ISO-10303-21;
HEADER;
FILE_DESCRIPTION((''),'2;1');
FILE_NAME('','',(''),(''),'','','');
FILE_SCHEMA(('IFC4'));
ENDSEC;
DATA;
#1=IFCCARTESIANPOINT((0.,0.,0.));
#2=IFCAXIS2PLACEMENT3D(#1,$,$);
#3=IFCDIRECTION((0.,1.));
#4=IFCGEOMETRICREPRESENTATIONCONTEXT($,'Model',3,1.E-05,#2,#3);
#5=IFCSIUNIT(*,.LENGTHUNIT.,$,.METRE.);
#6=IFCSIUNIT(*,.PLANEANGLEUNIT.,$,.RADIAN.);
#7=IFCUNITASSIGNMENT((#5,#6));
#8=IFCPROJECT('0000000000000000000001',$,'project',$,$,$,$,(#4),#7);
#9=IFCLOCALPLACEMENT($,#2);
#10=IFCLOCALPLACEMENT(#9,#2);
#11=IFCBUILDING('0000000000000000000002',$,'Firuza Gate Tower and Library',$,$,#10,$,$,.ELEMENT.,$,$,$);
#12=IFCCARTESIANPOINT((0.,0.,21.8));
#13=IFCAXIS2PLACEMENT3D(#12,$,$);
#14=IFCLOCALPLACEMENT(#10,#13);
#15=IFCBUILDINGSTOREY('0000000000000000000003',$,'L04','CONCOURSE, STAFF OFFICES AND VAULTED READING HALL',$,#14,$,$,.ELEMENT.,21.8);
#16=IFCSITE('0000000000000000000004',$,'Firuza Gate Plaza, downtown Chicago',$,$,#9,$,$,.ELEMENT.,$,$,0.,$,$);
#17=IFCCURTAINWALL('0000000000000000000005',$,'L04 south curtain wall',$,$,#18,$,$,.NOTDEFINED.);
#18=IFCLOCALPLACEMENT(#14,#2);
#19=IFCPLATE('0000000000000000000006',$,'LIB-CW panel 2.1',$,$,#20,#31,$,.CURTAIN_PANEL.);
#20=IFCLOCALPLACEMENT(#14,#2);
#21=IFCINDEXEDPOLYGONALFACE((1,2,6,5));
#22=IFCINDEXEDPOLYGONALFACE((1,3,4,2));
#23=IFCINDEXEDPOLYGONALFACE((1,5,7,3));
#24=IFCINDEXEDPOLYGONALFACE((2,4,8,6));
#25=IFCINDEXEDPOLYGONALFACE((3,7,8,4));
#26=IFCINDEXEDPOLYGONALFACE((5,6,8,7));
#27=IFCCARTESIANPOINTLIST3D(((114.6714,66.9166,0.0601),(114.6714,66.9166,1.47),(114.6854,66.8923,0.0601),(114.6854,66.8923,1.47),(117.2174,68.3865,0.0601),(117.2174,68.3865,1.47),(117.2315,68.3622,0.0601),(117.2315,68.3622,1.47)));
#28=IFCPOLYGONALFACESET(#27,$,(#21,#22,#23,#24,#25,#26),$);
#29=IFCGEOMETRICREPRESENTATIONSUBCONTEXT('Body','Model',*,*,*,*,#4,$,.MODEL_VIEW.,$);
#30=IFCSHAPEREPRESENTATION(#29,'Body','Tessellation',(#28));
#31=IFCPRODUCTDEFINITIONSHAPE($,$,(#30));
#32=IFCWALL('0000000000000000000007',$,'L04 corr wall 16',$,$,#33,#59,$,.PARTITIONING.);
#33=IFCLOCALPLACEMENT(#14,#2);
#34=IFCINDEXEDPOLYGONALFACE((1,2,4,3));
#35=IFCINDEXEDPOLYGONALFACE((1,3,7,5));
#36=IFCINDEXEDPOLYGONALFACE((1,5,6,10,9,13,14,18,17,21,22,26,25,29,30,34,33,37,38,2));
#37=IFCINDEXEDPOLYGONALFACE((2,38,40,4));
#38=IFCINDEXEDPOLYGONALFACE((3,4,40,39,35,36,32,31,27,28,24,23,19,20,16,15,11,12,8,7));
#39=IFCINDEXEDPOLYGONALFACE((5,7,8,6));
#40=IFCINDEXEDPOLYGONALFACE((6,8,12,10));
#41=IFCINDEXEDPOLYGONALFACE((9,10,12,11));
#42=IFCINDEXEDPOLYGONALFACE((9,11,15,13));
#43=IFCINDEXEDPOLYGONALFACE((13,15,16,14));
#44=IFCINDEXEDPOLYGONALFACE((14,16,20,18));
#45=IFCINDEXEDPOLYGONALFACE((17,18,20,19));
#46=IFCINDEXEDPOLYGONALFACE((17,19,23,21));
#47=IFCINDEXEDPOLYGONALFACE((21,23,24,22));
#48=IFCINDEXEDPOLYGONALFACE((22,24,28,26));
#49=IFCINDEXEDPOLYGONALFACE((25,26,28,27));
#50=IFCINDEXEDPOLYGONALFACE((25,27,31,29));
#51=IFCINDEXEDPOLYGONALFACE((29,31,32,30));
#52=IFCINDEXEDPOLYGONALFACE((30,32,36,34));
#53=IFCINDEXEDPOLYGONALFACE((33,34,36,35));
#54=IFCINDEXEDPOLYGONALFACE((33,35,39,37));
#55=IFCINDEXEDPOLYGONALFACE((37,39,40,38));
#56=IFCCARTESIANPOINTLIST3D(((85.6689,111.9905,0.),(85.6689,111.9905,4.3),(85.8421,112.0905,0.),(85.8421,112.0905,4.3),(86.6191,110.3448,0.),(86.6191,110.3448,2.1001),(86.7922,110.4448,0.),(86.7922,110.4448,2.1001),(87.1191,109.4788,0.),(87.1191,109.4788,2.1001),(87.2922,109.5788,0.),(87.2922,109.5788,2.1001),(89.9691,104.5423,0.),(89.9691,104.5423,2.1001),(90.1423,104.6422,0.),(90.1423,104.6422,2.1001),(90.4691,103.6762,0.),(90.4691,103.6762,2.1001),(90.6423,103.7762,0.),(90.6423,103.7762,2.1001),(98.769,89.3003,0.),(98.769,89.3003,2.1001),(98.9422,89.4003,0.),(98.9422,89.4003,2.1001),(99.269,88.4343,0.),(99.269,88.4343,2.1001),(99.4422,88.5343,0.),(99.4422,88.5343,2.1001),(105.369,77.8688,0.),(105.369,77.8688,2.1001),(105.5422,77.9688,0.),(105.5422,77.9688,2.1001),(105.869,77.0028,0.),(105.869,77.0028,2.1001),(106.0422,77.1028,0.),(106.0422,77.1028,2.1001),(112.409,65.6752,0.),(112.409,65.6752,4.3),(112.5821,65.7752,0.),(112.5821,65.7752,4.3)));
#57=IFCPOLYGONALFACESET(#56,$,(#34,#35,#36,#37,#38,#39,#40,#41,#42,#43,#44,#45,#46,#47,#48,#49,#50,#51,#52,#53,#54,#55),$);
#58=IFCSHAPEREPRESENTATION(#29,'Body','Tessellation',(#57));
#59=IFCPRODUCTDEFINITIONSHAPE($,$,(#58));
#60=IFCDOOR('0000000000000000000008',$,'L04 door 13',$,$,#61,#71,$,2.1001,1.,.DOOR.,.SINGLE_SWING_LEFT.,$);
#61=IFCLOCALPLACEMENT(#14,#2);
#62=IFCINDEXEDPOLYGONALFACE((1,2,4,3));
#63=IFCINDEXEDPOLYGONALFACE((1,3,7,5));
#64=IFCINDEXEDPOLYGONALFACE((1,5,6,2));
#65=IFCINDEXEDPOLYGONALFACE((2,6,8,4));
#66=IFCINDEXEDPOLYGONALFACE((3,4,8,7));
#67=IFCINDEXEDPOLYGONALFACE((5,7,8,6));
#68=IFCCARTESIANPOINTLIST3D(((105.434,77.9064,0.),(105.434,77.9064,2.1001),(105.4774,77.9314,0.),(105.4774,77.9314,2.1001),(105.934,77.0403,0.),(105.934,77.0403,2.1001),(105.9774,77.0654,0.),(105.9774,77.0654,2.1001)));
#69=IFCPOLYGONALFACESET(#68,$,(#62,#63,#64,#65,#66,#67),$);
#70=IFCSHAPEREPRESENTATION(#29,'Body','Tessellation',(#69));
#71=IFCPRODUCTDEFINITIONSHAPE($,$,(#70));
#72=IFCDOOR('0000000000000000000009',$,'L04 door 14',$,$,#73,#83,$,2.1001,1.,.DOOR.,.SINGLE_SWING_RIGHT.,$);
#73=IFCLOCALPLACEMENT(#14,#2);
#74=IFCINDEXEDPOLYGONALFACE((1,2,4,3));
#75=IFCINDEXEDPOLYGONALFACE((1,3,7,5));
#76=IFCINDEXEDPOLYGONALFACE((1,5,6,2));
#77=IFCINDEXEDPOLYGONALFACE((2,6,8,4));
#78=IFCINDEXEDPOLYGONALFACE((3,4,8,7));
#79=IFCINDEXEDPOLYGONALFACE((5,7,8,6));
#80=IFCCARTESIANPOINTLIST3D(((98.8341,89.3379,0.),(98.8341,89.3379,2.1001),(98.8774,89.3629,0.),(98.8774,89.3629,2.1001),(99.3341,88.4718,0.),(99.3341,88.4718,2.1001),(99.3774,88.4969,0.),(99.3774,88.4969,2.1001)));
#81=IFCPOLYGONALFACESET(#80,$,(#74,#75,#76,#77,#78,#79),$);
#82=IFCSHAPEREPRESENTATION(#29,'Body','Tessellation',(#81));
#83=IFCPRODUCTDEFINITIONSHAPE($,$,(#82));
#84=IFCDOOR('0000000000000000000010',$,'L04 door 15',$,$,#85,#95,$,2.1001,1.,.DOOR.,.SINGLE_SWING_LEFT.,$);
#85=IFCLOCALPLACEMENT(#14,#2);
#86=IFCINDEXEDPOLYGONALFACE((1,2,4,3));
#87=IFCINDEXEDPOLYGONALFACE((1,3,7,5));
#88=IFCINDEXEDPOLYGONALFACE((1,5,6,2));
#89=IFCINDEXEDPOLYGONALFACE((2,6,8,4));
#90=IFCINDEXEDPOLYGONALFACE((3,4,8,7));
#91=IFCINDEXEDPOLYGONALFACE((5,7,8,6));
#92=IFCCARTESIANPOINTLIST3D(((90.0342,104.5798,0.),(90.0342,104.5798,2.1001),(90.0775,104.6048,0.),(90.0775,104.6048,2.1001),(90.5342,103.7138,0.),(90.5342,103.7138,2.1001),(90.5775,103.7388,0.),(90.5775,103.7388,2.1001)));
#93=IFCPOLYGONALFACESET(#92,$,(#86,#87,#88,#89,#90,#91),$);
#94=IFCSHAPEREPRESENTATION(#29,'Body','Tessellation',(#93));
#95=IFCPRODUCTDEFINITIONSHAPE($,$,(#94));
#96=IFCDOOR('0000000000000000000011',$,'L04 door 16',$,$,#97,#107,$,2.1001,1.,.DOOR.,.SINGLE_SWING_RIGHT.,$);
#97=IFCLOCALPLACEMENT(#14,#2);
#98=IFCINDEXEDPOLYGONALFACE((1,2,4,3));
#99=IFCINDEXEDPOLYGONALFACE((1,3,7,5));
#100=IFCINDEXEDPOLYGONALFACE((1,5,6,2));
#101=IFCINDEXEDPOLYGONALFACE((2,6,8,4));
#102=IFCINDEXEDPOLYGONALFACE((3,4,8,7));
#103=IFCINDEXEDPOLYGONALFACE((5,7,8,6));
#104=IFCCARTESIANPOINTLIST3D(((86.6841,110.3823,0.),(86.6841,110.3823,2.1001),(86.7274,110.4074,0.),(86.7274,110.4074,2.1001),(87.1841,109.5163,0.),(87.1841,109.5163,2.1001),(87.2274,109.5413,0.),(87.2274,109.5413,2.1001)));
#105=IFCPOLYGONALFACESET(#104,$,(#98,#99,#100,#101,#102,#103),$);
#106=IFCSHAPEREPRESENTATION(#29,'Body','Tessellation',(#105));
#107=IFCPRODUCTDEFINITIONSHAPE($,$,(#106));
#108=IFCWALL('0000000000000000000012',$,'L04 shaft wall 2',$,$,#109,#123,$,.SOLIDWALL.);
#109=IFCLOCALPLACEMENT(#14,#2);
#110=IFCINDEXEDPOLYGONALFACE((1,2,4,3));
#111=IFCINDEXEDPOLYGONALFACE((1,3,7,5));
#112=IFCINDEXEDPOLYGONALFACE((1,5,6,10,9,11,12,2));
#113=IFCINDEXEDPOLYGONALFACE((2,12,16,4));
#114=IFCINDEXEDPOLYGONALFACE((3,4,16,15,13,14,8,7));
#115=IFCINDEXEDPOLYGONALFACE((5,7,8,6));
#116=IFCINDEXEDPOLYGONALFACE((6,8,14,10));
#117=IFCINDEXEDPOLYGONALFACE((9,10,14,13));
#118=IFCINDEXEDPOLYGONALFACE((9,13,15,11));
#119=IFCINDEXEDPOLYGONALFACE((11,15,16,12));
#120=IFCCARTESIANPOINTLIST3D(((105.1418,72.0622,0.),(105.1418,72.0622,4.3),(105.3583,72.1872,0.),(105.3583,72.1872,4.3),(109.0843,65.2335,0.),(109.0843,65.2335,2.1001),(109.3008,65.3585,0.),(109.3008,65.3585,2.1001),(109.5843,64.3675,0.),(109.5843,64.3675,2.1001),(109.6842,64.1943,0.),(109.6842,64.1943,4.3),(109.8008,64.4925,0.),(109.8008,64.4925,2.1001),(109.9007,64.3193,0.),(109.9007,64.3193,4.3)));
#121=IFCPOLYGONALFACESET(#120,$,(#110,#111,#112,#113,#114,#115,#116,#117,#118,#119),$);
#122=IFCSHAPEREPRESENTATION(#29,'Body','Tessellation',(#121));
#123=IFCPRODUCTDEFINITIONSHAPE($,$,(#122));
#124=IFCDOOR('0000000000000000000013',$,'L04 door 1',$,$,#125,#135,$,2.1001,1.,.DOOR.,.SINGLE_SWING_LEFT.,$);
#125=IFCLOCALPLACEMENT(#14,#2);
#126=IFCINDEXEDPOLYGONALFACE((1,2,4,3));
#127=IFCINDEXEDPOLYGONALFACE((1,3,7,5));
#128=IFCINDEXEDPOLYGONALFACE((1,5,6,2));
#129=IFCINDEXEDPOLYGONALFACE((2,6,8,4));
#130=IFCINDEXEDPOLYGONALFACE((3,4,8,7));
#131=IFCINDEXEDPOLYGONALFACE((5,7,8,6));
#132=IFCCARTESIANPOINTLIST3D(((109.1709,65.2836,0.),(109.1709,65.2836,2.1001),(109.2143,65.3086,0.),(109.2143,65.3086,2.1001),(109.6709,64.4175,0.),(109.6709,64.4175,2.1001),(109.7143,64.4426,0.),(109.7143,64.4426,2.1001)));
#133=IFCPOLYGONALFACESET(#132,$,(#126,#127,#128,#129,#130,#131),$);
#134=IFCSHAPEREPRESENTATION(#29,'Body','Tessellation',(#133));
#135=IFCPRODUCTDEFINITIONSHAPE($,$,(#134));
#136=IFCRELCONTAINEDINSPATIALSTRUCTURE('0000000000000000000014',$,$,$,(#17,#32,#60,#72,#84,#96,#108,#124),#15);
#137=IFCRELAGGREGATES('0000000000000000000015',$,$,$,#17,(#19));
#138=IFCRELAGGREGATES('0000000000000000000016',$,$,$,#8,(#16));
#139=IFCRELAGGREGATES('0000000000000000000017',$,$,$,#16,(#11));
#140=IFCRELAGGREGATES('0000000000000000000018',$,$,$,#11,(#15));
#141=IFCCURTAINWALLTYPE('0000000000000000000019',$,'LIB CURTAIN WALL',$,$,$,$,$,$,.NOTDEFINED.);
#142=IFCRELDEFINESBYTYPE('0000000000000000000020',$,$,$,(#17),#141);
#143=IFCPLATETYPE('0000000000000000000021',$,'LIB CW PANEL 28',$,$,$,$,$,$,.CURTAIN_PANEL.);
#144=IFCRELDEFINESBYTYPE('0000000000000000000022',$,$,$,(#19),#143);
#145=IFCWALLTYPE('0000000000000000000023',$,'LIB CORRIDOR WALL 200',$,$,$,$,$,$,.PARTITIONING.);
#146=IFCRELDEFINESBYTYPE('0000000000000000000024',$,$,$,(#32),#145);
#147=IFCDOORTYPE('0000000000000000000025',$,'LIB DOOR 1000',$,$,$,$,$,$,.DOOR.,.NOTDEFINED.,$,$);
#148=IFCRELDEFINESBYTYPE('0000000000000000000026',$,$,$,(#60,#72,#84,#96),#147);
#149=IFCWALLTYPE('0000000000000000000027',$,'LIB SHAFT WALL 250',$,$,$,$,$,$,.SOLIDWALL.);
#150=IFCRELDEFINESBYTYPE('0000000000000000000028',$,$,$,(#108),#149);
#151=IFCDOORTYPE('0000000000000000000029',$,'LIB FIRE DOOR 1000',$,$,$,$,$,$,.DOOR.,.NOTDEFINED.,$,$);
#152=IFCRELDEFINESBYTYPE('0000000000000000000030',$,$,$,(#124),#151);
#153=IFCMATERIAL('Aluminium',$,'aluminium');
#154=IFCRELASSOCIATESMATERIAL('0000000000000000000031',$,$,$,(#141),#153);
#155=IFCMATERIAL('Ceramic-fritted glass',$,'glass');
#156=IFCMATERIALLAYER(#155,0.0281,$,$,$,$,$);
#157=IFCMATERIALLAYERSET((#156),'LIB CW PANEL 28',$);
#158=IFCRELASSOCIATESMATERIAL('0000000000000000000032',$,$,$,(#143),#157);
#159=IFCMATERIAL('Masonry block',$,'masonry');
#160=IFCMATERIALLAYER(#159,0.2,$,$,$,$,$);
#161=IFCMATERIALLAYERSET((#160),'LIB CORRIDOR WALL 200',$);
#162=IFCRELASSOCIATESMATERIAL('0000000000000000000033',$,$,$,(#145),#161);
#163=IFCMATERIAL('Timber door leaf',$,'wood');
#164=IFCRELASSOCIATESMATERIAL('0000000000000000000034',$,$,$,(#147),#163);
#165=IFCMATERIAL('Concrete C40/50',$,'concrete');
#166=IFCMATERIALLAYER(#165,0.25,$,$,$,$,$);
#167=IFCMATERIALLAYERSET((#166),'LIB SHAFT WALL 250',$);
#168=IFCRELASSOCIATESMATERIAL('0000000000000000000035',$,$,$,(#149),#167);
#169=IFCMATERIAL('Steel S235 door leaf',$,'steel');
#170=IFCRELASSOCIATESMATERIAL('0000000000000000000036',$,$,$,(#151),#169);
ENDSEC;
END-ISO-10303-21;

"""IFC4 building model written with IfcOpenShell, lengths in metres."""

from ifc_helpers import new_model, si_unit, direction, frame, frame_2d, origin, origin_2d, place, context, subcontext, project, spatial, rectangle, extrude, material, layer, layer_set, type_object, element, fill, aggregate, save


model = new_model("IFC4")

# Units and contexts
model_context = context("Model", 3, precision=1e-05, world=origin(), true_north=direction((0.0, 1.0)))
body_context = subcontext(model_context, "Body", "Model", "MODEL_VIEW")
ifc_project = project(units=[si_unit("LENGTHUNIT", "METRE"), si_unit("PLANEANGLEUNIT", "RADIAN")], contexts=[model_context])

# Site, building, storey
site_placement = place(None, origin())
site = spatial("IfcSite", under=ifc_project, at=site_placement, Name="Firuza Gate Plaza, downtown Chicago", CompositionType="ELEMENT", RefElevation=0.0)
building_placement = place(site_placement, origin())
building = spatial("IfcBuilding", under=site, at=building_placement, Name="Firuza Gate Tower and Library", CompositionType="ELEMENT")
storey_placement = place(building_placement, frame((0.0, 0.0, 21.8)))
storey = spatial("IfcBuildingStorey", under=building, at=storey_placement, Name="L04", Description="CONCOURSE, STAFF OFFICES AND VAULTED READING HALL", CompositionType="ELEMENT", Elevation=21.8)

# Curtain wall, plate
ifc_material_1 = material(Name="Aluminium", Category="aluminium")
curtain_wall_type = type_object("IfcCurtainWallType", Name="LIB CURTAIN WALL", PredefinedType="NOTDEFINED", material=ifc_material_1)
curtain_wall_placement = place(storey_placement, origin())
curtain_wall = element("IfcCurtainWall", 1, at=curtain_wall_placement, inside=storey, type_object=curtain_wall_type, Name="L04 south curtain wall", PredefinedType="NOTDEFINED")
ifc_material_2 = material(Name="Ceramic-fritted glass", Category="glass")
ifc_layer_1 = layer(ifc_material_2, 0.0281)
ifc_layer_set_1 = layer_set([ifc_layer_1], Name="LIB CW PANEL 28")
plate_type = type_object("IfcPlateType", Name="LIB CW PANEL 28", PredefinedType="CURTAIN_PANEL", material=ifc_layer_set_1)
plate_1_placement = place(storey_placement, frame((115.9514, 67.6394, 0.0601), z_axis=(0.0, 0.0, 1.0), x_axis=(0.866025, 0.500001, 0.0)))
plate_1 = element("IfcPlate", 2, at=plate_1_placement, type_object=plate_type, Name="LIB-CW panel 2.1", PredefinedType="CURTAIN_PANEL", context=body_context, shape_type="SweptSolid", body=[
    extrude(rectangle(XDim=2.9399, YDim=0.0281, at=origin_2d()), origin(), (0.0, 0.0, 1.0), 1.4099),
])
aggregate(curtain_wall, [plate_1])

# Wall, openings, doors
ifc_material_3 = material(Name="Masonry block", Category="masonry")
ifc_layer_2 = layer(ifc_material_3, 0.2)
ifc_layer_set_2 = layer_set([ifc_layer_2], Name="LIB CORRIDOR WALL 200")
wall_type_1 = type_object("IfcWallType", Name="LIB CORRIDOR WALL 200", PredefinedType="PARTITIONING", material=ifc_layer_set_2)
wall_1_placement = place(storey_placement, frame((112.4956, 65.7251, 0.0), z_axis=(0.0, 0.0, 1.0), x_axis=(-0.499999, 0.866026, 0.0)))
wall_1 = element("IfcWall", 3, at=wall_1_placement, inside=storey, type_object=wall_type_1, Name="L04 corr wall 16", PredefinedType="PARTITIONING", context=body_context, shape_type="SweptSolid", body=[
    extrude(rectangle(XDim=53.4802, YDim=0.2, at=frame_2d((26.7402, 0.0))), origin(), (0.0, 0.0, 1.0), 4.3),
])
opening_1_placement = place(wall_1_placement, frame((13.0801, 0.0, 0.0)))
opening_1 = element("IfcOpeningElement", 4, at=opening_1_placement, cuts=wall_1, PredefinedType="OPENING", context=body_context, shape_type="SweptSolid", body=[
    extrude(rectangle(XDim=1.0, YDim=2.1001, at=frame_2d((0.5, 1.05))), frame((0.0, 0.1099, 0.0), z_axis=(0.0, -1.0, 0.0), x_axis=(1.0, 0.0, 0.0)), (0.0, 0.0, 1.0), 0.22),
])
opening_2_placement = place(wall_1_placement, frame((26.28, 0.0, 0.0)))
opening_2 = element("IfcOpeningElement", 5, at=opening_2_placement, cuts=wall_1, PredefinedType="OPENING", context=body_context, shape_type="SweptSolid", body=[
    extrude(rectangle(XDim=1.0, YDim=2.1001, at=frame_2d((0.5, 1.05))), frame((0.0, 0.1099, 0.0), z_axis=(0.0, -1.0, 0.0), x_axis=(1.0, 0.0, 0.0)), (0.0, 0.0, 1.0), 0.22),
])
opening_3_placement = place(wall_1_placement, frame((43.8799, 0.0, 0.0)))
opening_3 = element("IfcOpeningElement", 6, at=opening_3_placement, cuts=wall_1, PredefinedType="OPENING", context=body_context, shape_type="SweptSolid", body=[
    extrude(rectangle(XDim=1.0, YDim=2.1001, at=frame_2d((0.5, 1.05))), frame((0.0, 0.1099, 0.0), z_axis=(0.0, -1.0, 0.0), x_axis=(1.0, 0.0, 0.0)), (0.0, 0.0, 1.0), 0.22),
])
opening_4_placement = place(wall_1_placement, frame((50.5801, 0.0, 0.0)))
opening_4 = element("IfcOpeningElement", 7, at=opening_4_placement, cuts=wall_1, PredefinedType="OPENING", context=body_context, shape_type="SweptSolid", body=[
    extrude(rectangle(XDim=1.0, YDim=2.1001, at=frame_2d((0.5, 1.05))), frame((0.0, 0.1099, 0.0), z_axis=(0.0, -1.0, 0.0), x_axis=(1.0, 0.0, 0.0)), (0.0, 0.0, 1.0), 0.22),
])
ifc_material_4 = material(Name="Timber door leaf", Category="wood")
door_type_1 = type_object("IfcDoorType", Name="LIB DOOR 1000", OperationType="NOTDEFINED", PredefinedType="DOOR", material=ifc_material_4)
door_1_placement = place(opening_1_placement, origin())
door_1 = element("IfcDoor", 8, at=door_1_placement, inside=storey, type_object=door_type_1, Name="L04 door 13", OperationType="SINGLE_SWING_LEFT", OverallHeight=2.1001, OverallWidth=1.0, PredefinedType="DOOR", context=body_context, shape_type="SweptSolid", body=[
    extrude(rectangle(XDim=1.0, YDim=2.1001, at=frame_2d((0.5, 1.05))), frame((0.0, 0.0249, 0.0), z_axis=(0.0, -1.0, 0.0), x_axis=(1.0, 0.0, 0.0)), (0.0, 0.0, 1.0), 0.05),
])
fill(opening_1, door_1)
door_2_placement = place(opening_2_placement, origin())
door_2 = element("IfcDoor", 9, at=door_2_placement, inside=storey, type_object=door_type_1, Name="L04 door 14", OperationType="SINGLE_SWING_RIGHT", OverallHeight=2.1001, OverallWidth=1.0, PredefinedType="DOOR", context=body_context, shape_type="SweptSolid", body=[
    extrude(rectangle(XDim=1.0, YDim=2.1001, at=frame_2d((0.5, 1.05))), frame((0.0, 0.0249, 0.0), z_axis=(0.0, -1.0, 0.0), x_axis=(1.0, 0.0, 0.0)), (0.0, 0.0, 1.0), 0.05),
])
fill(opening_2, door_2)
door_3_placement = place(opening_3_placement, origin())
door_3 = element("IfcDoor", 10, at=door_3_placement, inside=storey, type_object=door_type_1, Name="L04 door 15", OperationType="SINGLE_SWING_LEFT", OverallHeight=2.1001, OverallWidth=1.0, PredefinedType="DOOR", context=body_context, shape_type="SweptSolid", body=[
    extrude(rectangle(XDim=1.0, YDim=2.1001, at=frame_2d((0.5, 1.05))), frame((0.0, 0.0249, 0.0), z_axis=(0.0, -1.0, 0.0), x_axis=(1.0, 0.0, 0.0)), (0.0, 0.0, 1.0), 0.05),
])
fill(opening_3, door_3)
door_4_placement = place(opening_4_placement, origin())
door_4 = element("IfcDoor", 11, at=door_4_placement, inside=storey, type_object=door_type_1, Name="L04 door 16", OperationType="SINGLE_SWING_RIGHT", OverallHeight=2.1001, OverallWidth=1.0, PredefinedType="DOOR", context=body_context, shape_type="SweptSolid", body=[
    extrude(rectangle(XDim=1.0, YDim=2.1001, at=frame_2d((0.5, 1.05))), frame((0.0, 0.0249, 0.0), z_axis=(0.0, -1.0, 0.0), x_axis=(1.0, 0.0, 0.0)), (0.0, 0.0, 1.0), 0.05),
])
fill(opening_4, door_4)

# Wall, opening, door
ifc_material_5 = material(Name="Concrete C40/50", Category="concrete")
ifc_layer_3 = layer(ifc_material_5, 0.25)
ifc_layer_set_3 = layer_set([ifc_layer_3], Name="LIB SHAFT WALL 250")
wall_type_2 = type_object("IfcWallType", Name="LIB SHAFT WALL 250", PredefinedType="SOLIDWALL", material=ifc_layer_set_3)
wall_2_placement = place(storey_placement, frame((109.7925, 64.2568, 0.0), z_axis=(0.0, 0.0, 1.0), x_axis=(-0.499995, 0.866029, 0.0)))
wall_2 = element("IfcWall", 12, at=wall_2_placement, inside=storey, type_object=wall_type_2, Name="L04 shaft wall 2", PredefinedType="SOLIDWALL", context=body_context, shape_type="SweptSolid", body=[
    extrude(rectangle(XDim=9.085, YDim=0.25, at=frame_2d((4.5425, 0.0))), origin(), (0.0, 0.0, 1.0), 4.3),
])
opening_5_placement = place(wall_2_placement, frame((0.2, 0.0, 0.0)))
opening_5 = element("IfcOpeningElement", 13, at=opening_5_placement, cuts=wall_2, PredefinedType="OPENING", context=body_context, shape_type="SweptSolid", body=[
    extrude(rectangle(XDim=1.0, YDim=2.1001, at=frame_2d((0.5, 1.05))), frame((0.0, 0.135, 0.0), z_axis=(0.0, -1.0, 0.0), x_axis=(1.0, 0.0, 0.0)), (0.0, 0.0, 1.0), 0.27),
])
ifc_material_6 = material(Name="Steel S235 door leaf", Category="steel")
door_type_2 = type_object("IfcDoorType", Name="LIB FIRE DOOR 1000", OperationType="NOTDEFINED", PredefinedType="DOOR", material=ifc_material_6)
door_5_placement = place(opening_5_placement, origin())
door_5 = element("IfcDoor", 14, at=door_5_placement, inside=storey, type_object=door_type_2, Name="L04 door 1", OperationType="SINGLE_SWING_LEFT", OverallHeight=2.1001, OverallWidth=1.0, PredefinedType="DOOR", context=body_context, shape_type="SweptSolid", body=[
    extrude(rectangle(XDim=1.0, YDim=2.1001, at=frame_2d((0.5, 1.05))), frame((0.0, 0.0249, 0.0), z_axis=(0.0, -1.0, 0.0), x_axis=(1.0, 0.0, 0.0)), (0.0, 0.0, 1.0), 0.05),
])
fill(opening_5, door_5)

save(model, "model.ifc")
